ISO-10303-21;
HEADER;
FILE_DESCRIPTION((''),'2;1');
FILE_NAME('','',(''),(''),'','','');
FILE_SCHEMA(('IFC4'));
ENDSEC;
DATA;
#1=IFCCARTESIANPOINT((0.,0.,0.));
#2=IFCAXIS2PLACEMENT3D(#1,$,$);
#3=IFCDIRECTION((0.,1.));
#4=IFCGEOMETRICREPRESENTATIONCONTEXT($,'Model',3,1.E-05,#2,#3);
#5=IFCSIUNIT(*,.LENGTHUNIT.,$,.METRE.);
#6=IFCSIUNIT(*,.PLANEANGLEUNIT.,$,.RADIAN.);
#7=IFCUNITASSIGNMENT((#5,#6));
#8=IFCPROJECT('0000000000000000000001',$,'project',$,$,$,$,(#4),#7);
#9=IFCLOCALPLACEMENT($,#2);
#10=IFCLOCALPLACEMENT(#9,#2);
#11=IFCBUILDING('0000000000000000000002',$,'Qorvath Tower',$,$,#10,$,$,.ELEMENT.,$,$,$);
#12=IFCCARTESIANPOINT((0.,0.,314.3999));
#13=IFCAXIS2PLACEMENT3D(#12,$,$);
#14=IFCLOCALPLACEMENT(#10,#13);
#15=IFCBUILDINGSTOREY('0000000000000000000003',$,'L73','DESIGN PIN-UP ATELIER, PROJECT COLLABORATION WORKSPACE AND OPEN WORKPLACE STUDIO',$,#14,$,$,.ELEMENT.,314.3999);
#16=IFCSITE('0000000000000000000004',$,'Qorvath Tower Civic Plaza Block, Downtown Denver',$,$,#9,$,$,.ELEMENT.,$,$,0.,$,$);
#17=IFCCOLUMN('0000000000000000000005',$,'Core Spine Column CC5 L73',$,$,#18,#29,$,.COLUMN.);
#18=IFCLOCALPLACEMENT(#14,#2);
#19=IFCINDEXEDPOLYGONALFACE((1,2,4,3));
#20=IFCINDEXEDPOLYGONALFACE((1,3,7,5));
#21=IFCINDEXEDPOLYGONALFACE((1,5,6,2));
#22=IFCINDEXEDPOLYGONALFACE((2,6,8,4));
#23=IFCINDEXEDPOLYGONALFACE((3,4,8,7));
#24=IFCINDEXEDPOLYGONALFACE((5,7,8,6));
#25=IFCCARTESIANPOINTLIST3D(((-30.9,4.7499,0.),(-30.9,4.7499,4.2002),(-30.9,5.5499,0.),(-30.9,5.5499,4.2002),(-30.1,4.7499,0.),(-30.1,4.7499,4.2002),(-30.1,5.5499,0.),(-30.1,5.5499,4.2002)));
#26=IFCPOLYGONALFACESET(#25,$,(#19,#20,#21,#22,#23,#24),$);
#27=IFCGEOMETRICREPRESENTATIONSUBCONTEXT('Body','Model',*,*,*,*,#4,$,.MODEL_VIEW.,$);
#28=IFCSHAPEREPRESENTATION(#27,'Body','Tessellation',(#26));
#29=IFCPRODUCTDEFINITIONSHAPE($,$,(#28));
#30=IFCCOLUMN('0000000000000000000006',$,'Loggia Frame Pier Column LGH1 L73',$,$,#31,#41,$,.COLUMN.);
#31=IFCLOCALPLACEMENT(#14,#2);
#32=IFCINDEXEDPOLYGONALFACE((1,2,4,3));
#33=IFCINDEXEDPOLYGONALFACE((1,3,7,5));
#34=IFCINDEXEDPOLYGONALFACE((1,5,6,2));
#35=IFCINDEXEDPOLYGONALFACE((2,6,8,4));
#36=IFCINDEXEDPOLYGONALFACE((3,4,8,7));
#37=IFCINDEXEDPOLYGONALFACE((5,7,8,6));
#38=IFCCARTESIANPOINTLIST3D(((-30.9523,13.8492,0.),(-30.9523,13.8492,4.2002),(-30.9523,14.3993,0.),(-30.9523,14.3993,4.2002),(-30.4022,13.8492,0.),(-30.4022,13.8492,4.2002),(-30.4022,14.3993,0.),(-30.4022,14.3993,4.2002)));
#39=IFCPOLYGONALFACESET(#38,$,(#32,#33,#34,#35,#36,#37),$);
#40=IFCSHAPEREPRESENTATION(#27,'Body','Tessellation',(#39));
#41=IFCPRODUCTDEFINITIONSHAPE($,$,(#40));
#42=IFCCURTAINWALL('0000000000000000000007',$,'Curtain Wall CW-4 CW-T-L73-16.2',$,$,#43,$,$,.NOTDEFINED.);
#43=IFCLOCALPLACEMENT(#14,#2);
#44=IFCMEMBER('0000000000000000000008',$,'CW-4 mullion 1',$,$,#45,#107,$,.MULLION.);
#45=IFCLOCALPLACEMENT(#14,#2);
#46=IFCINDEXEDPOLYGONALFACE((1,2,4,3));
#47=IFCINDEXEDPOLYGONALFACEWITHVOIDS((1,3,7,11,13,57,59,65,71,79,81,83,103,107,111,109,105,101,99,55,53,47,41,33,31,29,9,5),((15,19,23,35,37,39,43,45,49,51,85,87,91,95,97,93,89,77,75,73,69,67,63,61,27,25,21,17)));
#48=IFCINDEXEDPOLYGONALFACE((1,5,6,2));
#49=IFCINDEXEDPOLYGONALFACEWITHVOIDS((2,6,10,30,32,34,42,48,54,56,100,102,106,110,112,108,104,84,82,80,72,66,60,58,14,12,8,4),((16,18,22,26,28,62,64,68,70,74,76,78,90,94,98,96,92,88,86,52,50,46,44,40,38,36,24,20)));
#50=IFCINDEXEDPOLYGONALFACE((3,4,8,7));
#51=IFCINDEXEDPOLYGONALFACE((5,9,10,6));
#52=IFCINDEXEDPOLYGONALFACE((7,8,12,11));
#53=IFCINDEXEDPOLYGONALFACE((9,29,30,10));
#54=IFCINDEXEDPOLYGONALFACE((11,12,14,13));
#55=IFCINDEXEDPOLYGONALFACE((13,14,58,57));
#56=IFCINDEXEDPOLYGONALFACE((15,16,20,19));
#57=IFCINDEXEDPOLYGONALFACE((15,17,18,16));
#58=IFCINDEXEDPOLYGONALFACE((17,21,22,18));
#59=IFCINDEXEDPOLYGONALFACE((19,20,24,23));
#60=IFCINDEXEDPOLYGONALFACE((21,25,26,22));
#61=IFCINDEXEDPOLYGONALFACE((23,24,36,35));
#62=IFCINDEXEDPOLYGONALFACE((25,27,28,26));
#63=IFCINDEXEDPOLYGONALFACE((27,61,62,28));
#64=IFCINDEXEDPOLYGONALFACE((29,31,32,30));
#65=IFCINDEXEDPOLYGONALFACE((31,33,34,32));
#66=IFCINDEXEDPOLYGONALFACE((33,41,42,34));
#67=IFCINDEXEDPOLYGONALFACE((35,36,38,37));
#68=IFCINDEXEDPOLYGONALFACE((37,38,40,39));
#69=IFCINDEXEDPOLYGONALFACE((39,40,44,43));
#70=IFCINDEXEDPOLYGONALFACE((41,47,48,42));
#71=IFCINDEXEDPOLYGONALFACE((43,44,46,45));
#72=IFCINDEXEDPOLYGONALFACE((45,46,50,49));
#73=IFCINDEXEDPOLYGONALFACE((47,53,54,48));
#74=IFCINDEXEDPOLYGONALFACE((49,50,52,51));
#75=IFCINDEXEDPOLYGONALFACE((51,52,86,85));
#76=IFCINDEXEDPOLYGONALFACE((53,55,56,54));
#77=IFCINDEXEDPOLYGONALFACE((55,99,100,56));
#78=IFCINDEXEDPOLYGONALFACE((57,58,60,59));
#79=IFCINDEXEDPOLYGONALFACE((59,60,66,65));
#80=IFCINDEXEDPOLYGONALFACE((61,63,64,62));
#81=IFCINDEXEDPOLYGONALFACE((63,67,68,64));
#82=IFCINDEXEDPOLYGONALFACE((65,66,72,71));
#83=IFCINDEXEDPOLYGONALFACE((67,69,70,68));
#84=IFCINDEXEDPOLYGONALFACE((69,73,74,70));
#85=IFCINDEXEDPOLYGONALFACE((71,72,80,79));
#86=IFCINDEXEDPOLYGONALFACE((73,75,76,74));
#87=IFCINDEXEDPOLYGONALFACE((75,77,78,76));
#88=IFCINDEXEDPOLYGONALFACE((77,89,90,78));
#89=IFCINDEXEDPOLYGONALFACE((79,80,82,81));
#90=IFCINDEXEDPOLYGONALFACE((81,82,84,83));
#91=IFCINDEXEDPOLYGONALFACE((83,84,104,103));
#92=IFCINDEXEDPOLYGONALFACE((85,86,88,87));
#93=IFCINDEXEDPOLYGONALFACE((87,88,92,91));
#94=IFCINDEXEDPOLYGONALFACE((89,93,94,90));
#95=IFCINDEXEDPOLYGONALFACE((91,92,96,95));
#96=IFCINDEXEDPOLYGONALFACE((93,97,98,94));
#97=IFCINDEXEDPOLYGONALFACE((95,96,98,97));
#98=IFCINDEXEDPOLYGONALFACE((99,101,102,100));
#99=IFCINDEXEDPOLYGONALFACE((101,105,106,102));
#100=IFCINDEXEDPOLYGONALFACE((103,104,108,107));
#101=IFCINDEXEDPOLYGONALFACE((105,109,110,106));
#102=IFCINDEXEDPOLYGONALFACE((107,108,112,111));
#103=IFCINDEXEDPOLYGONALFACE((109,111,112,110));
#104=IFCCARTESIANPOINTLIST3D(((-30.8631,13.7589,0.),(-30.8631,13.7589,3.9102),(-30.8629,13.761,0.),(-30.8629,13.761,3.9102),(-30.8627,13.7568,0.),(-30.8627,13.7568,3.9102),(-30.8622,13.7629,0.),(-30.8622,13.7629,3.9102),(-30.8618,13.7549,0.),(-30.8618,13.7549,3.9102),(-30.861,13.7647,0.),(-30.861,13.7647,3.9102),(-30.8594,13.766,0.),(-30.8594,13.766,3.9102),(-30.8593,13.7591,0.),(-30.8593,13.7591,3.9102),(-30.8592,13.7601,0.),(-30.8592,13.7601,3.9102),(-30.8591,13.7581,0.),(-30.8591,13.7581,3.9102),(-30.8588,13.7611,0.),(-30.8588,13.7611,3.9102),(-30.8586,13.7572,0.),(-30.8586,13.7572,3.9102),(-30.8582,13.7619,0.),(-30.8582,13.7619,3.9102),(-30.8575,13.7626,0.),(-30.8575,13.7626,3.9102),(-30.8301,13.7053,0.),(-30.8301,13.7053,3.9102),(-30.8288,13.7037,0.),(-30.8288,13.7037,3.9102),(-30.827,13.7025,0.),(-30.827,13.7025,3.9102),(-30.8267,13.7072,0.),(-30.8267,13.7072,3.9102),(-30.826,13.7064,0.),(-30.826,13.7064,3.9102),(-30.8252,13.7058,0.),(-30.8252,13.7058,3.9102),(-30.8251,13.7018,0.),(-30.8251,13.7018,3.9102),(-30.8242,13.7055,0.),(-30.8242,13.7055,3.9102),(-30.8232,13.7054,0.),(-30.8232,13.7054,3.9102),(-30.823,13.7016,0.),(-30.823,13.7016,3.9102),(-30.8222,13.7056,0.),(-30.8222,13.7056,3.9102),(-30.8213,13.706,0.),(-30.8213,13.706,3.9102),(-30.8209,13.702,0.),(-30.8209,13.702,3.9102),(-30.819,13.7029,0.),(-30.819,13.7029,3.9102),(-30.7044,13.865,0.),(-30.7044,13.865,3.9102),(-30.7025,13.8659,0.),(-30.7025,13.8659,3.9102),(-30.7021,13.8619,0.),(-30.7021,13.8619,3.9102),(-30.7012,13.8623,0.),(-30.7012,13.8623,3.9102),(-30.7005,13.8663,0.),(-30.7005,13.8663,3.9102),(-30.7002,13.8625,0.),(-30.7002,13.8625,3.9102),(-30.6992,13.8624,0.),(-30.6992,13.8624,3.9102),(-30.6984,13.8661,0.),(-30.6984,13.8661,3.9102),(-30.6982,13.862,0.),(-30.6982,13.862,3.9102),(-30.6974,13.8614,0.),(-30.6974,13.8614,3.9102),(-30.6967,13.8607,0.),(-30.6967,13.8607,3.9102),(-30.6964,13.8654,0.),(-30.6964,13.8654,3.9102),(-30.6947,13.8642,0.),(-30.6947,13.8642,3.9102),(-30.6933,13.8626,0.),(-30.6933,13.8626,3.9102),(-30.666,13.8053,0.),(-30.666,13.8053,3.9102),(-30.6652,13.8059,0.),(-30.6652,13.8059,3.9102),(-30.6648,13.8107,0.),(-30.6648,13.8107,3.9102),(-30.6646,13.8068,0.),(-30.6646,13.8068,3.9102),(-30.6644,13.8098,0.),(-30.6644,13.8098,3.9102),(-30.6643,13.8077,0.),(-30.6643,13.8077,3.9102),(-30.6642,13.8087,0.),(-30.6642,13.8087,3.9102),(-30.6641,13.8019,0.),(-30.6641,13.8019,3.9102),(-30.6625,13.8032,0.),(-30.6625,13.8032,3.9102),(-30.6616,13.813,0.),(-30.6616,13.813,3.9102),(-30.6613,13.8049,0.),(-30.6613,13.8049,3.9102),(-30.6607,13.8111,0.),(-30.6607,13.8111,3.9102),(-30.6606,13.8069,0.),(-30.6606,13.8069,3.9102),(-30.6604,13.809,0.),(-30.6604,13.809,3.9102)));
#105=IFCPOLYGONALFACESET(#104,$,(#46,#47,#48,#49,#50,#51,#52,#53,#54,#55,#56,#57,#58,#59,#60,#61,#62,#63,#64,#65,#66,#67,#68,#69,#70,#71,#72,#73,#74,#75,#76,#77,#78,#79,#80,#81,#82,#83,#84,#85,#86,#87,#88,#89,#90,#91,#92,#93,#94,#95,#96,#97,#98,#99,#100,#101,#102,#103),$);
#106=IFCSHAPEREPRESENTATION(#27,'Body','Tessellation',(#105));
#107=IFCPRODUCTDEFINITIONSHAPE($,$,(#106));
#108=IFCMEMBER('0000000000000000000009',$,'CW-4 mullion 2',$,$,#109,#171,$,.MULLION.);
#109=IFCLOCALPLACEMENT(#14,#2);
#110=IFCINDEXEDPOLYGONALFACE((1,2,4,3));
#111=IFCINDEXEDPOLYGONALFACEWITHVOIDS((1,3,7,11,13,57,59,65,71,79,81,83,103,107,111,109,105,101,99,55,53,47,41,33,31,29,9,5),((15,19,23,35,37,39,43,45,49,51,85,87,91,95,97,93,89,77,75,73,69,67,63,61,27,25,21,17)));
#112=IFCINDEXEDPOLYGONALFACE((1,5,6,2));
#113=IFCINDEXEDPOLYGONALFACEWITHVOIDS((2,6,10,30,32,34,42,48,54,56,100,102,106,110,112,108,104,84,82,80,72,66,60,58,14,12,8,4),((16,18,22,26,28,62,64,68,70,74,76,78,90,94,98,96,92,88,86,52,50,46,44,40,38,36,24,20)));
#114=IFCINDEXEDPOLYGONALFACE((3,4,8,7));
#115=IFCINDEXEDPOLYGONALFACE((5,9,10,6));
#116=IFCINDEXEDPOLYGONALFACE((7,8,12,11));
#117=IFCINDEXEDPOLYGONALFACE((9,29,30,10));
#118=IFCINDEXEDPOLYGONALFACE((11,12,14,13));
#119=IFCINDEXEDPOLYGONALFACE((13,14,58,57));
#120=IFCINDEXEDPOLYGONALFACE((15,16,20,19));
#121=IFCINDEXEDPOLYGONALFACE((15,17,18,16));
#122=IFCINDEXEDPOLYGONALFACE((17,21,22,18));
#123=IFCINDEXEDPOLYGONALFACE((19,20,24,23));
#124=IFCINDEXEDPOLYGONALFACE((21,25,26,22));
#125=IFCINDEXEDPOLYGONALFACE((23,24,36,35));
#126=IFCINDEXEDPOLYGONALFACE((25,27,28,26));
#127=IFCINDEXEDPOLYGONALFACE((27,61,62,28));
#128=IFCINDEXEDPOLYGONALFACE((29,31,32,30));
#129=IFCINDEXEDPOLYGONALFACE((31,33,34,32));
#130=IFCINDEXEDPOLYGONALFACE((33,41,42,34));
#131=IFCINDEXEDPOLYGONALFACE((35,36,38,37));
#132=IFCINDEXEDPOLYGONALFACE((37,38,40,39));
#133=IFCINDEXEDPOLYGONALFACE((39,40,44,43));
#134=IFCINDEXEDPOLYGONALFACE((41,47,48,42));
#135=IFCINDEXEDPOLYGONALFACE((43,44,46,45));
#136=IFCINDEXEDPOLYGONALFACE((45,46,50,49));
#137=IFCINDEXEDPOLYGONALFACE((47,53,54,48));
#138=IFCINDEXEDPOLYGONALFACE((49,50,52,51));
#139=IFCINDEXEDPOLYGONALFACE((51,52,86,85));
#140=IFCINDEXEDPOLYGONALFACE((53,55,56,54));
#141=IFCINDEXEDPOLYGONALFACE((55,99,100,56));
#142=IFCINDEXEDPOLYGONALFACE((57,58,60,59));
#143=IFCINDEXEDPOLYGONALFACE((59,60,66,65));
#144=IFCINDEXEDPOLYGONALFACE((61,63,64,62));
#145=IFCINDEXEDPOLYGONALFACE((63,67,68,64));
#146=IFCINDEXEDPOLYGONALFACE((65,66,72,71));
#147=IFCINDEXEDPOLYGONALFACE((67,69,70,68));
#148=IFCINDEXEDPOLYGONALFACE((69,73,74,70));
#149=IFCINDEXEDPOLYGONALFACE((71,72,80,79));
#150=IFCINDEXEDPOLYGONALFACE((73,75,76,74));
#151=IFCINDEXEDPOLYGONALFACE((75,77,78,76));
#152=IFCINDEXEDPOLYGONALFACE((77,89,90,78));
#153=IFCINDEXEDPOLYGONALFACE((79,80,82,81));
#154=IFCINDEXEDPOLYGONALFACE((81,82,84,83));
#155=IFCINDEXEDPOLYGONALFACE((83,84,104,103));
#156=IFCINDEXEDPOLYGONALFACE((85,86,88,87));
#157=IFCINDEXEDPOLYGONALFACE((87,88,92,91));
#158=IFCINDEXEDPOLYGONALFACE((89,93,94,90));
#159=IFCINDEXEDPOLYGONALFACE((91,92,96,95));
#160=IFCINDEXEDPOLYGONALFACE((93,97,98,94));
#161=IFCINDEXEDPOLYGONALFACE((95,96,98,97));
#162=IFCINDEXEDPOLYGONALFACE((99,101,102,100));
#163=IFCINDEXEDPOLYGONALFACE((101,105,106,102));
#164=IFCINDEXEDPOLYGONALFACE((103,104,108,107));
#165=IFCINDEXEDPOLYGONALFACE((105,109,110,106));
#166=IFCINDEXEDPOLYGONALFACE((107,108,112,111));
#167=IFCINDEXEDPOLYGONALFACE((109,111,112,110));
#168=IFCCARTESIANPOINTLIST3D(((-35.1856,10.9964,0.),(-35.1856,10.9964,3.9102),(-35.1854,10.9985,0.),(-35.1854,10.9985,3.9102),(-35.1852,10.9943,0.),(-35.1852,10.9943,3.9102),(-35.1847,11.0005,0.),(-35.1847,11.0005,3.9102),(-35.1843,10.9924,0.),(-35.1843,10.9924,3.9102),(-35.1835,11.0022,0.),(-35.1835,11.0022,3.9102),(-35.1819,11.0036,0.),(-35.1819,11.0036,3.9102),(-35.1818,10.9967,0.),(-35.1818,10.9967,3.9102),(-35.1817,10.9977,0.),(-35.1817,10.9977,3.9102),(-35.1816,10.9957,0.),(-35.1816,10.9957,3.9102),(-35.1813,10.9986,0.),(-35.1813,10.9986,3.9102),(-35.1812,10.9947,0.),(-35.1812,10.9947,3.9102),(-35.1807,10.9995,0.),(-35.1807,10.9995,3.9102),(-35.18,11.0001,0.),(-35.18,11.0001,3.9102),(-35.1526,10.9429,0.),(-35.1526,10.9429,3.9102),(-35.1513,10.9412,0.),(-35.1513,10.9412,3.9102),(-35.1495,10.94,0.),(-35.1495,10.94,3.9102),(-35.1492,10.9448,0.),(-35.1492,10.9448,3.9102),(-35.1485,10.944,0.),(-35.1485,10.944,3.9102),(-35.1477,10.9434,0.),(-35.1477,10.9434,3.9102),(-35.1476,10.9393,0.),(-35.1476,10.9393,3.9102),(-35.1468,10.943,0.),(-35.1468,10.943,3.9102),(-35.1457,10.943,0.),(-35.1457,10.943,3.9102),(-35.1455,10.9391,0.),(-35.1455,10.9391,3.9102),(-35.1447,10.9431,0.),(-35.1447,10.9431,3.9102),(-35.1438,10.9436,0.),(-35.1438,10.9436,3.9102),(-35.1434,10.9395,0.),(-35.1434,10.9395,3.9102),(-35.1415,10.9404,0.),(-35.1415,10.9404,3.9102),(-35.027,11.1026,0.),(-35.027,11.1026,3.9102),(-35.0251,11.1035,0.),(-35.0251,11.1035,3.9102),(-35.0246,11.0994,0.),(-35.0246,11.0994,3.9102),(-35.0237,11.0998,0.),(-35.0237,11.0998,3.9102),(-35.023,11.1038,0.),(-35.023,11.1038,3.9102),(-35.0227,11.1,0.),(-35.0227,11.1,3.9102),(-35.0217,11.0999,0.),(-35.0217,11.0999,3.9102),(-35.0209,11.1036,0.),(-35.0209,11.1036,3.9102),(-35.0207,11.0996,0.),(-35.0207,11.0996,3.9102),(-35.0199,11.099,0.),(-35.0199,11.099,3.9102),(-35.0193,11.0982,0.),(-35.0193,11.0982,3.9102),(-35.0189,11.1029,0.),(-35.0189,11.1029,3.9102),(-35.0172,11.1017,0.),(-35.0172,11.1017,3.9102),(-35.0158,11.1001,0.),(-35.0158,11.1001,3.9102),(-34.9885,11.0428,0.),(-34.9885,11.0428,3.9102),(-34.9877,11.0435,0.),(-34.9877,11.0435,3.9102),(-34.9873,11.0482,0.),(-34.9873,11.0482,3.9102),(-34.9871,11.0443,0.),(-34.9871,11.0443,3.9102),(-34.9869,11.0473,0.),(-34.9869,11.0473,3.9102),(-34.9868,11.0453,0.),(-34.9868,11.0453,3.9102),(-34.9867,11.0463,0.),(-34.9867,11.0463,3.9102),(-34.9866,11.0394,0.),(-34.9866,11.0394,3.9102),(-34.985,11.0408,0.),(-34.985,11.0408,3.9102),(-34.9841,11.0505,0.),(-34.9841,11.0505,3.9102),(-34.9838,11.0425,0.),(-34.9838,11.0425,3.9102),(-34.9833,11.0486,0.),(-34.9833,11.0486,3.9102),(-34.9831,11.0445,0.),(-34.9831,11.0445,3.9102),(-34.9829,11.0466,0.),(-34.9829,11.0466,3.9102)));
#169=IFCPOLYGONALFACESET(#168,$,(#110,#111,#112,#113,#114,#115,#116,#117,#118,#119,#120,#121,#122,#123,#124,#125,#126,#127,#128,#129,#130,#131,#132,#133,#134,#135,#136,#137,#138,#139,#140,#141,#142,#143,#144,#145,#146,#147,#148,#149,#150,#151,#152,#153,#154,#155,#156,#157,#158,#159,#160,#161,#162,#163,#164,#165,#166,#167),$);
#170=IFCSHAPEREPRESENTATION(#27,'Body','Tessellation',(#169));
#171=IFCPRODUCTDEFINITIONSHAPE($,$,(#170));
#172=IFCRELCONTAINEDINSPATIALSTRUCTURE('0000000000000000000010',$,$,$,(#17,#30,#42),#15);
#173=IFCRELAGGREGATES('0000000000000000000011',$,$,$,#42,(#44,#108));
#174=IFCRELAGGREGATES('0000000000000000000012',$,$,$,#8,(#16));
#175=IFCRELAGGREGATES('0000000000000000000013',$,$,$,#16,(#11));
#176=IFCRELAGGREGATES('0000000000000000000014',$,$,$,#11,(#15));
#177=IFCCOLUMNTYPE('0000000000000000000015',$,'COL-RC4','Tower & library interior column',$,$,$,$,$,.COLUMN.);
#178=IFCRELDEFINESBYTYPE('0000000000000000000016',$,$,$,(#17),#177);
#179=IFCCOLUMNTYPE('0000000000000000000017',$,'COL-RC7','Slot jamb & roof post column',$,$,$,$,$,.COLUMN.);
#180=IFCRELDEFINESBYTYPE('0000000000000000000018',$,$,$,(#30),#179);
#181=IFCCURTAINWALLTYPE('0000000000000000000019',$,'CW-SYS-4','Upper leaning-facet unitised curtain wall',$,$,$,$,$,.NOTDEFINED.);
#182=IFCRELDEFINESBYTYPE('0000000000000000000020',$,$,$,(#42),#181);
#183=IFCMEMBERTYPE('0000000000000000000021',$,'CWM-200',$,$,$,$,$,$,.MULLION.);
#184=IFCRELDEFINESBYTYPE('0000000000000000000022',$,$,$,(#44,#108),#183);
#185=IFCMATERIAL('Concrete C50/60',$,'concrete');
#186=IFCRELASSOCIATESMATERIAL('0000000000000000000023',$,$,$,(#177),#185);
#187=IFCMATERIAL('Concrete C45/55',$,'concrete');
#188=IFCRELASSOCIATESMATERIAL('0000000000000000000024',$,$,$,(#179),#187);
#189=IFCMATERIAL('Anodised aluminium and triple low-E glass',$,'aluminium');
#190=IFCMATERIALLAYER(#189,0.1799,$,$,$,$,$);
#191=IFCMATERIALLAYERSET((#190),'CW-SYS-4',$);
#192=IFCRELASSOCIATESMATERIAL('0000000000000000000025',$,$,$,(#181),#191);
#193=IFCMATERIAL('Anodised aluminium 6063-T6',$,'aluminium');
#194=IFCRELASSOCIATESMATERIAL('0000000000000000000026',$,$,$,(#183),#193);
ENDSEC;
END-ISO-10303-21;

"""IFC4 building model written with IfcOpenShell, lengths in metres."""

from ifc_helpers import new_model, si_unit, direction, frame, origin, origin_2d, place, context, subcontext, project, spatial, rectangle, hollow_rectangle, extrude, material, layer, layer_set, material_profile, profile_set, type_object, element, aggregate, save


model = new_model("IFC4")

# Units and contexts
model_context = context("Model", 3, precision=1e-05, world=origin(), true_north=direction((0.0, 1.0)))
body_context = subcontext(model_context, "Body", "Model", "MODEL_VIEW")
ifc_project = project(units=[si_unit("LENGTHUNIT", "METRE"), si_unit("PLANEANGLEUNIT", "RADIAN")], contexts=[model_context])

# Site, building, storey
site_placement = place(None, origin())
site = spatial("IfcSite", under=ifc_project, at=site_placement, Name="Qorvath Tower Civic Plaza Block, Downtown Denver", CompositionType="ELEMENT", RefElevation=0.0)
building_placement = place(site_placement, origin())
building = spatial("IfcBuilding", under=site, at=building_placement, Name="Qorvath Tower", CompositionType="ELEMENT")
storey_placement = place(building_placement, frame((0.0, 0.0, 314.3999)))
storey = spatial("IfcBuildingStorey", under=building, at=storey_placement, Name="L73", Description="DESIGN PIN-UP ATELIER, PROJECT COLLABORATION WORKSPACE AND OPEN WORKPLACE STUDIO", CompositionType="ELEMENT", Elevation=314.3999)

# Columns
ifc_material_1 = material(Name="Concrete C50/60", Category="concrete")
ifc_material_profile_1 = material_profile(ifc_material_1, rectangle(XDim=0.8, YDim=0.8, at=origin_2d()), Name="RC 800x800")
ifc_profile_set_1 = profile_set([ifc_material_profile_1], Name="Concrete C50/60")
column_type_1 = type_object("IfcColumnType", Name="COL-RC4", Description="Tower & library interior column", PredefinedType="COLUMN", material=ifc_profile_set_1)
column_1_placement = place(storey_placement, frame((-30.5, 5.1499, 0.0), z_axis=(0.0, 0.0, 1.0), x_axis=(1.0, 0.0, 0.0)))
element("IfcColumn", 1, at=column_1_placement, inside=storey, type_object=column_type_1, Name="Core Spine Column CC5 L73", PredefinedType="COLUMN", context=body_context, shape_type="SweptSolid", body=[
    extrude(rectangle(XDim=0.8, YDim=0.8, at=origin_2d()), origin(), (0.0, 0.0, 1.0), 4.2002),
])
ifc_material_2 = material(Name="Concrete C45/55", Category="concrete")
ifc_material_profile_2 = material_profile(ifc_material_2, rectangle(XDim=0.55, YDim=0.55, at=origin_2d()), Name="RC 550x550")
ifc_profile_set_2 = profile_set([ifc_material_profile_2], Name="Concrete C45/55")
column_type_2 = type_object("IfcColumnType", Name="COL-RC7", Description="Slot jamb & roof post column", PredefinedType="COLUMN", material=ifc_profile_set_2)
column_2_placement = place(storey_placement, frame((-30.6772, 14.1243, 0.0), z_axis=(0.0, 0.0, 1.0), x_axis=(1.0, 0.0, 0.0)))
element("IfcColumn", 2, at=column_2_placement, inside=storey, type_object=column_type_2, Name="Loggia Frame Pier Column LGH1 L73", PredefinedType="COLUMN", context=body_context, shape_type="SweptSolid", body=[
    extrude(rectangle(XDim=0.55, YDim=0.55, at=origin_2d()), origin(), (0.0, 0.0, 1.0), 4.2002),
])

# Curtain wall, members
ifc_material_3 = material(Name="Anodised aluminium and triple low-E glass", Category="aluminium")
ifc_layer_1 = layer(ifc_material_3, 0.1799)
ifc_layer_set_1 = layer_set([ifc_layer_1], Name="CW-SYS-4")
curtain_wall_type = type_object("IfcCurtainWallType", Name="CW-SYS-4", Description="Upper leaning-facet unitised curtain wall", PredefinedType="NOTDEFINED", material=ifc_layer_set_1)
curtain_wall_placement = place(storey_placement, origin())
curtain_wall = element("IfcCurtainWall", 3, at=curtain_wall_placement, inside=storey, type_object=curtain_wall_type, Name="Curtain Wall CW-4 CW-T-L73-16.2", PredefinedType="NOTDEFINED")
ifc_material_4 = material(Name="Anodised aluminium 6063-T6", Category="aluminium")
ifc_material_profile_3 = material_profile(ifc_material_4, hollow_rectangle(XDim=0.075, YDim=0.2, WallThickness=0.0039, InnerFilletRadius=0.0039, OuterFilletRadius=0.0081, at=origin_2d()), Name="CWM 200x75")
ifc_profile_set_3 = profile_set([ifc_material_profile_3], Name="Anodised aluminium 6063-T6")
member_type_1 = type_object("IfcMemberType", Name="CWM-200", PredefinedType="MULLION", material=ifc_profile_set_3)
member_1_placement = place(storey_placement, frame((-30.7617, 13.7839, 0.0), z_axis=(0.0, 0.0, 1.0), x_axis=(0.53853, -0.842606, 0.0)))
member_1 = element("IfcMember", 4, at=member_1_placement, type_object=member_type_1, Name="CW-4 mullion 1", PredefinedType="MULLION", context=body_context, shape_type="SweptSolid", body=[
    extrude(hollow_rectangle(XDim=0.075, YDim=0.2, WallThickness=0.0039, InnerFilletRadius=0.0039, OuterFilletRadius=0.0081, at=origin_2d()), origin(), (0.0, 0.0, 1.0), 3.9102),
])
member_2_placement = place(storey_placement, frame((-35.0842, 11.0215, 0.0), z_axis=(0.0, 0.0, 1.0), x_axis=(0.53853, -0.842606, 0.0)))
member_2 = element("IfcMember", 5, at=member_2_placement, type_object=member_type_1, Name="CW-4 mullion 2", PredefinedType="MULLION", context=body_context, shape_type="SweptSolid", body=[
    extrude(hollow_rectangle(XDim=0.075, YDim=0.2, WallThickness=0.0039, InnerFilletRadius=0.0039, OuterFilletRadius=0.0081, at=origin_2d()), origin(), (0.0, 0.0, 1.0), 3.9102),
])
aggregate(curtain_wall, [member_1, member_2])

save(model, "model.ifc")
